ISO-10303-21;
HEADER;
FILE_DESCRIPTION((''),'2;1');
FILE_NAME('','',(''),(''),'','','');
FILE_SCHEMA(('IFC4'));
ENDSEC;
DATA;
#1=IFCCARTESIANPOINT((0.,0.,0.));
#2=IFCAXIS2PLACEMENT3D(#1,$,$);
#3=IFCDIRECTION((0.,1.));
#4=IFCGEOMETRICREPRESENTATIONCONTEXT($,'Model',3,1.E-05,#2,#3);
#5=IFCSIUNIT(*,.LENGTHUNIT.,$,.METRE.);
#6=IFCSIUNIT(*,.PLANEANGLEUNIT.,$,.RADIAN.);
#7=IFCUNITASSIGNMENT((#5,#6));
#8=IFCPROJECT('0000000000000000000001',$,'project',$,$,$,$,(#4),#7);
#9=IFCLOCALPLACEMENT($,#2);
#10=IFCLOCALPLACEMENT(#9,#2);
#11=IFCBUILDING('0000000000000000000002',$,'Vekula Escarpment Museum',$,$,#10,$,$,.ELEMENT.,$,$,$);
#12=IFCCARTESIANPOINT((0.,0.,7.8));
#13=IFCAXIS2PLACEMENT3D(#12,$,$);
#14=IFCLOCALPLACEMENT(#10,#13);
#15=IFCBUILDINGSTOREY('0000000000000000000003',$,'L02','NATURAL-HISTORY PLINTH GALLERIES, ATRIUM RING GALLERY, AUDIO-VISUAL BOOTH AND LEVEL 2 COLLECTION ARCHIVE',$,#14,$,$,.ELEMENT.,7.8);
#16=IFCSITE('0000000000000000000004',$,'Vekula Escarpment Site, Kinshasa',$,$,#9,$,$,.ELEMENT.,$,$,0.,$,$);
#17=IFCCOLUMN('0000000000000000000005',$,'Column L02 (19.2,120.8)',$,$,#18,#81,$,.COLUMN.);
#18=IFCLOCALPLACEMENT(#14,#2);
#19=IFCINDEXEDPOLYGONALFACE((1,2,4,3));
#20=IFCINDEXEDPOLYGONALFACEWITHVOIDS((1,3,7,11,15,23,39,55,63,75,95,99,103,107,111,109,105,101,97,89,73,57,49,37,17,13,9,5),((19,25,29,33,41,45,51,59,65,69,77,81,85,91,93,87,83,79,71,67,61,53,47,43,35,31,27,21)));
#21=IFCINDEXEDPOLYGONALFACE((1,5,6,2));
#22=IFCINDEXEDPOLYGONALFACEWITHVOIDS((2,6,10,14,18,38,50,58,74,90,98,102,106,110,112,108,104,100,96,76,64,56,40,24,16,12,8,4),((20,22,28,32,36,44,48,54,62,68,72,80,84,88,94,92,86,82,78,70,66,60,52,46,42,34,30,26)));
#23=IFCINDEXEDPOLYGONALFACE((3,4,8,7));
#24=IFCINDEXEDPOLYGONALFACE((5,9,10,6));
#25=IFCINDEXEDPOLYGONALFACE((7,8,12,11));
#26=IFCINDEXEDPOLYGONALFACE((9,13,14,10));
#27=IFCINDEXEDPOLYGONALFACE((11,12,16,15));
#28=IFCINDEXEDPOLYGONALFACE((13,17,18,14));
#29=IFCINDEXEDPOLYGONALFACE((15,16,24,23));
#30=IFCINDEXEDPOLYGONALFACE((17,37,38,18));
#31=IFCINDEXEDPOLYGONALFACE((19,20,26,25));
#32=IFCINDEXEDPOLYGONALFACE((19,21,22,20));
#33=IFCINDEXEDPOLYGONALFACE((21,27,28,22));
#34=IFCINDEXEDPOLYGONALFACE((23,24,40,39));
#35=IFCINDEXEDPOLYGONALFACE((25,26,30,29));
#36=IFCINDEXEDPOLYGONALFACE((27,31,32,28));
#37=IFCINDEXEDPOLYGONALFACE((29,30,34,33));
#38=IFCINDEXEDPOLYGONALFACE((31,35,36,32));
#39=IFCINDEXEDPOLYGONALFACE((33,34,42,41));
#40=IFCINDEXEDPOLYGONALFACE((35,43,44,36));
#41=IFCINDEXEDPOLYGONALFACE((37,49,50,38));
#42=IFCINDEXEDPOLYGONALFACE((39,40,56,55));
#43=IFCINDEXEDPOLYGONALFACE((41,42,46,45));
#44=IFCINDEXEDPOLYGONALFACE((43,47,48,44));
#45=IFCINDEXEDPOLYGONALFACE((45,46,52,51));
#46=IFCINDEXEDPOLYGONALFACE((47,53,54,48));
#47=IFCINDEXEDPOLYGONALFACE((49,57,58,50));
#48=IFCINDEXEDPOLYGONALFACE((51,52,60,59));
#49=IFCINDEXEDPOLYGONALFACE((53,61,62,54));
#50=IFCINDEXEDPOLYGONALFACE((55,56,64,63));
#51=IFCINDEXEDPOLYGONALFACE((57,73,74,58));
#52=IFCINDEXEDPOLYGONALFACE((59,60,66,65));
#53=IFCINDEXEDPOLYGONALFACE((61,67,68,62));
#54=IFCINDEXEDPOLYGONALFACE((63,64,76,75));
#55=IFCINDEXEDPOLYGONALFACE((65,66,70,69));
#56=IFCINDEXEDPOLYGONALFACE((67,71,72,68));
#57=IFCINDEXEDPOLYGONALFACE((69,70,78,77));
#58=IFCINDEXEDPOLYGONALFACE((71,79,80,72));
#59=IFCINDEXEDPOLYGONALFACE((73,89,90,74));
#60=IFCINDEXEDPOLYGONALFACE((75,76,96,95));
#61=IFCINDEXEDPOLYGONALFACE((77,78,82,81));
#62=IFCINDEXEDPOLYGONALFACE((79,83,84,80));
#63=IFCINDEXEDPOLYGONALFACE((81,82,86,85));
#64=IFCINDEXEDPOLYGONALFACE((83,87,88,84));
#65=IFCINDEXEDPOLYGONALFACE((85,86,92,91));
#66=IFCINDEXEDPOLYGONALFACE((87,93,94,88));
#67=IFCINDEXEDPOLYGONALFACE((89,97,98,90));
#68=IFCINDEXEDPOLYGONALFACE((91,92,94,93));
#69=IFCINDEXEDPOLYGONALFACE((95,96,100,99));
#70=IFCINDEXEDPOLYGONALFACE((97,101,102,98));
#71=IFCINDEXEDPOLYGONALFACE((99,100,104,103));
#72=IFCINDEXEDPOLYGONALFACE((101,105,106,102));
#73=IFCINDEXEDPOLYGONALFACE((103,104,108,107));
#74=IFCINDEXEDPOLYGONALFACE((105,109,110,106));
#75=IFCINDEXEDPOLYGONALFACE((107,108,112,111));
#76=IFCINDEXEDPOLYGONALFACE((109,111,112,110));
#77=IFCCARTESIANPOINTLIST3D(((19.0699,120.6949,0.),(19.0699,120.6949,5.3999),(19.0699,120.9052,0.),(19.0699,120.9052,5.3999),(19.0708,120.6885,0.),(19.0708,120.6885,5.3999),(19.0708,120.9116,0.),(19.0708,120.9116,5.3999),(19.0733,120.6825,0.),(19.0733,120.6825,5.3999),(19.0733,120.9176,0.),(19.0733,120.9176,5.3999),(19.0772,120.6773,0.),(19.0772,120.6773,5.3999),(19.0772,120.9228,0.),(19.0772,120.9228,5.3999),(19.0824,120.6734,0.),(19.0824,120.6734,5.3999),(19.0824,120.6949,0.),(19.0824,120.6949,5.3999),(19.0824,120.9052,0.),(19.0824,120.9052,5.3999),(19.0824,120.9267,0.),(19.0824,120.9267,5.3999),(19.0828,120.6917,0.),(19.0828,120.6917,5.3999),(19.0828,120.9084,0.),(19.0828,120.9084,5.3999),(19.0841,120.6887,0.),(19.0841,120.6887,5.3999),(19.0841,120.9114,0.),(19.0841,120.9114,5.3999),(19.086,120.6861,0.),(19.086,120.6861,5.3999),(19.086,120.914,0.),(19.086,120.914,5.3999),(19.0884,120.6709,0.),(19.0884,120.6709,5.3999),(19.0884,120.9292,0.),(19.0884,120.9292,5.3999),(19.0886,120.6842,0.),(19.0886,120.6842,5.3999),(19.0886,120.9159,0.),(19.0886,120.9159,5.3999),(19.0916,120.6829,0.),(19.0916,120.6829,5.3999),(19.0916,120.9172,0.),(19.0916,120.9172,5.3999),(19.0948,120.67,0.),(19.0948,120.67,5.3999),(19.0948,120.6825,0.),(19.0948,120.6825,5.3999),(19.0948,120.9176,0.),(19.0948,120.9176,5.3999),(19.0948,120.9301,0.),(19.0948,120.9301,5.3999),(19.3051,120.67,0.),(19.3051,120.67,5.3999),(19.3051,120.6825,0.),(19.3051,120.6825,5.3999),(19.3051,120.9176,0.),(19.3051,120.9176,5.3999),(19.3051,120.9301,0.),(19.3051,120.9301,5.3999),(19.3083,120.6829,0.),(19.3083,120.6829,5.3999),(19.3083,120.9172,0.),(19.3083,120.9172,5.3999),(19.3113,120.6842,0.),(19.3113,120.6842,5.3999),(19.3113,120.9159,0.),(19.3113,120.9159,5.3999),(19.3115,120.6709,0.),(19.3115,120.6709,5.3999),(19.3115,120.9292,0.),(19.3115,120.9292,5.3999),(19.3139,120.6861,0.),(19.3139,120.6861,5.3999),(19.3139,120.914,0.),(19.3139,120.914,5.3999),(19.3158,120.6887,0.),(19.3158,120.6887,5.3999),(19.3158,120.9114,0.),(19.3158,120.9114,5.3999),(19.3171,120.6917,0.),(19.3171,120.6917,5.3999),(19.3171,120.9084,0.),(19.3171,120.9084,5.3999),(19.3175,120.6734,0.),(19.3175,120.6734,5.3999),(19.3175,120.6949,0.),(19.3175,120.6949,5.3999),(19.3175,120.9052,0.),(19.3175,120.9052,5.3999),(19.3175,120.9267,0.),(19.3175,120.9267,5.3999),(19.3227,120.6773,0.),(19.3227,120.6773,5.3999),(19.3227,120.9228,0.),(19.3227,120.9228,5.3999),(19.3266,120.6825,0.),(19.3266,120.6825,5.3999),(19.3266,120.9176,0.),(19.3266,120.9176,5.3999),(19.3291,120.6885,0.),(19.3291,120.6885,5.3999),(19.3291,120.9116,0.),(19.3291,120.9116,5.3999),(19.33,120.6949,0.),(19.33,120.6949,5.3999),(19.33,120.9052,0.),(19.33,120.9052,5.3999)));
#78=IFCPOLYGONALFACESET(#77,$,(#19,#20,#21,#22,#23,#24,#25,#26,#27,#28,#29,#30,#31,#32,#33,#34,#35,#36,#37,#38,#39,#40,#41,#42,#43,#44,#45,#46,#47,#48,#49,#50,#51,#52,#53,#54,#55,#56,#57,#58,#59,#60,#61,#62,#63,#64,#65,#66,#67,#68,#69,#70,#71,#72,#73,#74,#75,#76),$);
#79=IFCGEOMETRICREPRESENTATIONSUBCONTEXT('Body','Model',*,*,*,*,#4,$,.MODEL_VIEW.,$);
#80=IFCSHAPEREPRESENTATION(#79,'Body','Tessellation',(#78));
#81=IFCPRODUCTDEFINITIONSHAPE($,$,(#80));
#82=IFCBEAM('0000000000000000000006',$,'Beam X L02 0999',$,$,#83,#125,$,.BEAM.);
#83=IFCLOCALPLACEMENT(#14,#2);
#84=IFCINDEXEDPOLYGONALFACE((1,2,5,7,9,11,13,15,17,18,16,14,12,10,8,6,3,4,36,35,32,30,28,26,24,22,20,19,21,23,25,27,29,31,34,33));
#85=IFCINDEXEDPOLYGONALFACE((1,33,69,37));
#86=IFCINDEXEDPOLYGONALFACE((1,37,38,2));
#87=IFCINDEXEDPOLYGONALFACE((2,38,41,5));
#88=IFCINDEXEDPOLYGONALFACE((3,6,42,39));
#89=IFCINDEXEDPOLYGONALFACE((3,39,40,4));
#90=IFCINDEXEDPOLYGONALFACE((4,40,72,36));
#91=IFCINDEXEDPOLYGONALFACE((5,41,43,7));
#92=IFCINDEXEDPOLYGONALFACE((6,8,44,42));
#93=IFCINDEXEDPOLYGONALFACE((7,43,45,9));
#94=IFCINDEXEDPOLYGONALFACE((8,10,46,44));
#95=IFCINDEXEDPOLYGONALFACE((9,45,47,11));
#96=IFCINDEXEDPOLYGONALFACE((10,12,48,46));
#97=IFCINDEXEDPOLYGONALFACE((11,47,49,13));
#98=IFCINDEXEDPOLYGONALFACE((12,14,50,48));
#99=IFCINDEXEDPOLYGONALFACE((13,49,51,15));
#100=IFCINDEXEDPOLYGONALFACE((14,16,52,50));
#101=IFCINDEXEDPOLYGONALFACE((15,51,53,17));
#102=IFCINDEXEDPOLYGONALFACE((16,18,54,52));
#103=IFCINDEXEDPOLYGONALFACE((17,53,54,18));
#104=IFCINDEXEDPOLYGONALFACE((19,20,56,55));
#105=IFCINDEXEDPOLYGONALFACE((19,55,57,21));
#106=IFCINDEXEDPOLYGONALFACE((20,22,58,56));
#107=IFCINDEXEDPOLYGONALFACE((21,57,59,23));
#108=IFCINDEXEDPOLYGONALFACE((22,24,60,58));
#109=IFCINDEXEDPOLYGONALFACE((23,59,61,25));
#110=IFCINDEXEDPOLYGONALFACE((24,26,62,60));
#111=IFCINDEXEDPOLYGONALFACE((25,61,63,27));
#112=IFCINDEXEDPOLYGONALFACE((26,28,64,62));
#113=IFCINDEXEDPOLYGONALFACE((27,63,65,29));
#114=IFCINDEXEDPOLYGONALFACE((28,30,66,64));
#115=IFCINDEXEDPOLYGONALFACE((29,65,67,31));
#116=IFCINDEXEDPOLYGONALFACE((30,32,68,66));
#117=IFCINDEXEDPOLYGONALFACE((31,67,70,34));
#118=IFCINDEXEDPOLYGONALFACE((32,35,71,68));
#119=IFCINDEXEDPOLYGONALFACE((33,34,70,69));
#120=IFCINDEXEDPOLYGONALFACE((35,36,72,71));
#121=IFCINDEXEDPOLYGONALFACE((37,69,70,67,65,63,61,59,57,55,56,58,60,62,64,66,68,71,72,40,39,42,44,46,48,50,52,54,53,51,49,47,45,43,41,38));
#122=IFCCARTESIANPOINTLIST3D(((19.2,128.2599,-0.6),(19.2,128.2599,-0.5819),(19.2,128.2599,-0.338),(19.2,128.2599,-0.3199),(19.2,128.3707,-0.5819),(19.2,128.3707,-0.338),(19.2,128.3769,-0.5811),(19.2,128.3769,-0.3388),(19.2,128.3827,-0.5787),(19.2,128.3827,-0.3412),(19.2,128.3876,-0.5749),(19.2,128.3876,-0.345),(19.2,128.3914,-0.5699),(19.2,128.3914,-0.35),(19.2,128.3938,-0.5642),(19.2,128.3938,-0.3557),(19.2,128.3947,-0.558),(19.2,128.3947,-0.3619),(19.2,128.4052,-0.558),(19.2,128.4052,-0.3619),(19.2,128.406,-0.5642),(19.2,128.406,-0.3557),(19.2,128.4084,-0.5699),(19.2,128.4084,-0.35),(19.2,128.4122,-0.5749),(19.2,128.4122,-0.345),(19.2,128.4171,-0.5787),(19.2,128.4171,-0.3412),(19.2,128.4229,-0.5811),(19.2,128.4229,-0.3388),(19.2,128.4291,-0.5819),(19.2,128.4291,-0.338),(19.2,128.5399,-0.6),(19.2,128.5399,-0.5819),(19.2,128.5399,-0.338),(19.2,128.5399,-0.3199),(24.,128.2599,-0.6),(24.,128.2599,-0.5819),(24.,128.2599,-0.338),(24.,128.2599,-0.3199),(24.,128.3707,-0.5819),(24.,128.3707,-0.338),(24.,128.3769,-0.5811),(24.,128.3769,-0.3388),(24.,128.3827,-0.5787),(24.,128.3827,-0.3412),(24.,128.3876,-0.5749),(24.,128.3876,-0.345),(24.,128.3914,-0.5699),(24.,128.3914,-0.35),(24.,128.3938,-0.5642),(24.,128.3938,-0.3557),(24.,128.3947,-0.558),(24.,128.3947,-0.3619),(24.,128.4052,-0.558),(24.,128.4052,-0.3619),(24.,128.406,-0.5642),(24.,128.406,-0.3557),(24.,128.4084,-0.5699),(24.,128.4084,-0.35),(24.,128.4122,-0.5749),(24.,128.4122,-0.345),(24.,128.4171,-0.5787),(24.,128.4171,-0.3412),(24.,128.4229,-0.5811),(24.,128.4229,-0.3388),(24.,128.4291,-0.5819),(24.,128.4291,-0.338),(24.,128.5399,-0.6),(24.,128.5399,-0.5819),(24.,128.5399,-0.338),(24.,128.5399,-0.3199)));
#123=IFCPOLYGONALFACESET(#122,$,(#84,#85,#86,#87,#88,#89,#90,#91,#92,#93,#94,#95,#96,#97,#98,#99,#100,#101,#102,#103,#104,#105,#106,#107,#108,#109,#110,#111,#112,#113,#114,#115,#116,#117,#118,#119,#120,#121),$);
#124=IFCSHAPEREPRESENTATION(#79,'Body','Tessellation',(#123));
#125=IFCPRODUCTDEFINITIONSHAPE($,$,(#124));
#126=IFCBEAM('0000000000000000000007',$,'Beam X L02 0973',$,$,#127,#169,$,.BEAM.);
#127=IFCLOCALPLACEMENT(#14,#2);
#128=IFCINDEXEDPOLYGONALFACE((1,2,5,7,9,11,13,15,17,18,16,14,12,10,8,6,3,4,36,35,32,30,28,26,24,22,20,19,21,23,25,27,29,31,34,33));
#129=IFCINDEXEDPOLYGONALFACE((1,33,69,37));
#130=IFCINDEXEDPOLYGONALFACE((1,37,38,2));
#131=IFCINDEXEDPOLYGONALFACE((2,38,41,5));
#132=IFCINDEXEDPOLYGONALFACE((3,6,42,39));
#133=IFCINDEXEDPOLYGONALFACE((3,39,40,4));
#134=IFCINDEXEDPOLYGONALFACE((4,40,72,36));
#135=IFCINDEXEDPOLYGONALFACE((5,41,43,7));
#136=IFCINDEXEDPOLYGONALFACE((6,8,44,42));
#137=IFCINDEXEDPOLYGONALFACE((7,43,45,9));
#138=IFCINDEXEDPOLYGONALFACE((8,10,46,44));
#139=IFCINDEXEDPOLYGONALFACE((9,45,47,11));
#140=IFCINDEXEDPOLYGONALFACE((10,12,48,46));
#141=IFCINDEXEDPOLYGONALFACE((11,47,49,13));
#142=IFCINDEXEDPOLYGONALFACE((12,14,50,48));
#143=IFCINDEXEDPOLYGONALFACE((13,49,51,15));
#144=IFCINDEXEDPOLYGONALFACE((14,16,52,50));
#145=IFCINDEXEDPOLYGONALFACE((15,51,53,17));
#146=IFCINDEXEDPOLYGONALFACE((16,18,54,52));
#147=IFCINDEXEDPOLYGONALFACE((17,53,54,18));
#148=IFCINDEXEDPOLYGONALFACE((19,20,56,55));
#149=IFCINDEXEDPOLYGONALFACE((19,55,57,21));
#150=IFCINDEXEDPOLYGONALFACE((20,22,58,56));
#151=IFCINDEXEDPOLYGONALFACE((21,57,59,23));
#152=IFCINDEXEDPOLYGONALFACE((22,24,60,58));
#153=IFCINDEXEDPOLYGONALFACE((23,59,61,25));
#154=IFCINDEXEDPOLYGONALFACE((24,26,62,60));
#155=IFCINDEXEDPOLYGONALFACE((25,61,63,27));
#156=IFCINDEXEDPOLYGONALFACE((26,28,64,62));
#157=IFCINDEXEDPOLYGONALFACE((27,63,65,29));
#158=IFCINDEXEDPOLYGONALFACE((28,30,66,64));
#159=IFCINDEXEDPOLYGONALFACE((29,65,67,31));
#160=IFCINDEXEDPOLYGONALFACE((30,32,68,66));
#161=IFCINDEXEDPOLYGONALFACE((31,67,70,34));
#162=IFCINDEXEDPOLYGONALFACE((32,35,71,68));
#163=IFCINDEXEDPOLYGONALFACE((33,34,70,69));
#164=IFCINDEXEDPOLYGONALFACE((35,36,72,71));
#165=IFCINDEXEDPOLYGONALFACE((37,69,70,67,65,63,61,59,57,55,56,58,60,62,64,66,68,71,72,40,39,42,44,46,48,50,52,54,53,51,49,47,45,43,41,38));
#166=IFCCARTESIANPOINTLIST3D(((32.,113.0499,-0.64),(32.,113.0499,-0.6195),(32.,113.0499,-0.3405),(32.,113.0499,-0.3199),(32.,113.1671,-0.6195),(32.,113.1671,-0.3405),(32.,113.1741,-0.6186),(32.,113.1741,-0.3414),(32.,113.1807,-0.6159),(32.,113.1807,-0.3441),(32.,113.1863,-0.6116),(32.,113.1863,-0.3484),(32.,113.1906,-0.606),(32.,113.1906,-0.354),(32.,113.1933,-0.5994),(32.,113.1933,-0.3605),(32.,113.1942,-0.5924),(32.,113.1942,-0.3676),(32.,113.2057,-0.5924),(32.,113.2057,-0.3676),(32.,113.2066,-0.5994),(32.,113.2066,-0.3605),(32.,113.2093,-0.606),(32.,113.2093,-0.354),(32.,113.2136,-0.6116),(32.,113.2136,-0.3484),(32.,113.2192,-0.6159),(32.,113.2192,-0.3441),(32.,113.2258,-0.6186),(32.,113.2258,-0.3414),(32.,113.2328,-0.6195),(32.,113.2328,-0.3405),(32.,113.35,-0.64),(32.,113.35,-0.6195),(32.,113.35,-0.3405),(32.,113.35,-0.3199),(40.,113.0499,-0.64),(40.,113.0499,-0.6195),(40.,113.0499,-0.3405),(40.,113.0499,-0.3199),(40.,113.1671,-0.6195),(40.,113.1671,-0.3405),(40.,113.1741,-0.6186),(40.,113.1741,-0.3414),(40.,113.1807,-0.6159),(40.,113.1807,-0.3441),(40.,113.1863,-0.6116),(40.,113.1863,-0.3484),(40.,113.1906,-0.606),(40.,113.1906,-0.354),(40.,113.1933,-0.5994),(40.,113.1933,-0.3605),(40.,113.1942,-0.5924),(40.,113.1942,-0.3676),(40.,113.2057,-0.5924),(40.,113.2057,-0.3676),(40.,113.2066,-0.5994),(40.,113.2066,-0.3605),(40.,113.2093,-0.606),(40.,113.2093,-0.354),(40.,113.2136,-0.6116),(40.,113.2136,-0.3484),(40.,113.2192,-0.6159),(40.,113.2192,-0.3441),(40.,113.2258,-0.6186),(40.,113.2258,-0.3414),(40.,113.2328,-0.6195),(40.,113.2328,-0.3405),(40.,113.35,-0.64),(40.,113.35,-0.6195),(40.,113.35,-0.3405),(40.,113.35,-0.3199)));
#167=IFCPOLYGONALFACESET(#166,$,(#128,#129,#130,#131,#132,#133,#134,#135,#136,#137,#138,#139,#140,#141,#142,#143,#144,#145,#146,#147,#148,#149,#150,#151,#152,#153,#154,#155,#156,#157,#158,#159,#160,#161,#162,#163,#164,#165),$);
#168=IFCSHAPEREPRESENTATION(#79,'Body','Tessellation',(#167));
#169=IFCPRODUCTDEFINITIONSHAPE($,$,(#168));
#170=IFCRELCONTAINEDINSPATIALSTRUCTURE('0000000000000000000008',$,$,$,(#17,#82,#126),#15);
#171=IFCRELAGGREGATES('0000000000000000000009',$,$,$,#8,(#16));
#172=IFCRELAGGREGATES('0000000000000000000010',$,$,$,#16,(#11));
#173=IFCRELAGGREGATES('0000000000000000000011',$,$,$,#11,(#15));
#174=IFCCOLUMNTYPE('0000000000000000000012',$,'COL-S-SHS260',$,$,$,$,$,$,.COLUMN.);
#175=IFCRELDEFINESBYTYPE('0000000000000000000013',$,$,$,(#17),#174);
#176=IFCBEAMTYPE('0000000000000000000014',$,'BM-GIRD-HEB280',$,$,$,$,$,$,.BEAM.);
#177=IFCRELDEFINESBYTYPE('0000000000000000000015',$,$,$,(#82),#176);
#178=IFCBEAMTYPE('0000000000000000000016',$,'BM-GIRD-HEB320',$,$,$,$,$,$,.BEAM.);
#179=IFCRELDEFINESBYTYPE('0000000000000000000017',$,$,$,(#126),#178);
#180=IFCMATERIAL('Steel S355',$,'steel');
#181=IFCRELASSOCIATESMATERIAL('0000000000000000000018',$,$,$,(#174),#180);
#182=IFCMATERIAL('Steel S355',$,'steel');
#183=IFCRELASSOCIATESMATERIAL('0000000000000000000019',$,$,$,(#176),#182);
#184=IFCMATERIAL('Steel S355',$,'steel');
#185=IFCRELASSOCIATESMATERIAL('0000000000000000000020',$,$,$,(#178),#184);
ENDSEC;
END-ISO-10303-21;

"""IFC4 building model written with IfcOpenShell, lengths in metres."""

from ifc_helpers import new_model, si_unit, direction, frame, origin, origin_2d, place, context, subcontext, project, spatial, hollow_rectangle, i_section, extrude, material, material_profile, profile_set, type_object, element, save


model = new_model("IFC4")

# Units and contexts
model_context = context("Model", 3, precision=1e-05, world=origin(), true_north=direction((0.0, 1.0)))
body_context = subcontext(model_context, "Body", "Model", "MODEL_VIEW")
ifc_project = project(units=[si_unit("LENGTHUNIT", "METRE"), si_unit("PLANEANGLEUNIT", "RADIAN")], contexts=[model_context])

# Site, building, storey
site_placement = place(None, origin())
site = spatial("IfcSite", under=ifc_project, at=site_placement, Name="Vekula Escarpment Site, Kinshasa", CompositionType="ELEMENT", RefElevation=0.0)
building_placement = place(site_placement, origin())
building = spatial("IfcBuilding", under=site, at=building_placement, Name="Vekula Escarpment Museum", CompositionType="ELEMENT")
storey_placement = place(building_placement, frame((0.0, 0.0, 7.8)))
storey = spatial("IfcBuildingStorey", under=building, at=storey_placement, Name="L02", Description="NATURAL-HISTORY PLINTH GALLERIES, ATRIUM RING GALLERY, AUDIO-VISUAL BOOTH AND LEVEL 2 COLLECTION ARCHIVE", CompositionType="ELEMENT", Elevation=7.8)

# Column
ifc_material_1 = material(Name="Steel S355", Category="steel")
ifc_material_profile_1 = material_profile(ifc_material_1, hollow_rectangle(XDim=0.26, YDim=0.26, WallThickness=0.0125, InnerFilletRadius=0.0125, OuterFilletRadius=0.0249, at=origin_2d()), Name="SHS 260x260x12.5")
ifc_profile_set_1 = profile_set([ifc_material_profile_1], Name="Steel S355")
column_type_1 = type_object("IfcColumnType", Name="COL-S-SHS260", PredefinedType="COLUMN", material=ifc_profile_set_1)
column_1_placement = place(storey_placement, frame((19.2, 120.8, 0.0), z_axis=(0.0, 0.0, 1.0), x_axis=(1.0, 0.0, 0.0)))
element("IfcColumn", 1, at=column_1_placement, inside=storey, type_object=column_type_1, Name="Column L02 (19.2,120.8)", PredefinedType="COLUMN", context=body_context, shape_type="SweptSolid", body=[
    extrude(hollow_rectangle(XDim=0.26, YDim=0.26, WallThickness=0.0125, InnerFilletRadius=0.0125, OuterFilletRadius=0.0249, at=origin_2d()), origin(), (0.0, 0.0, 1.0), 5.3999),
])

# Beams
ifc_material_2 = material(Name="Steel S355", Category="steel")
ifc_material_profile_2 = material_profile(ifc_material_2, i_section(OverallWidth=0.28, OverallDepth=0.28, WebThickness=0.0105, FlangeThickness=0.0181, FilletRadius=0.0239, at=origin_2d()), Name="HEB 280")
ifc_profile_set_2 = profile_set([ifc_material_profile_2], Name="Steel S355")
beam_type_1 = type_object("IfcBeamType", Name="BM-GIRD-HEB280", PredefinedType="BEAM", material=ifc_profile_set_2)
beam_1_placement = place(storey_placement, frame((19.2, 128.3999, -0.46), z_axis=(1.0, 0.0, 0.0), x_axis=(0.0, 1.0, 0.0)))
element("IfcBeam", 2, at=beam_1_placement, inside=storey, type_object=beam_type_1, Name="Beam X L02 0999", PredefinedType="BEAM", context=body_context, shape_type="SweptSolid", body=[
    extrude(i_section(OverallWidth=0.28, OverallDepth=0.28, WebThickness=0.0105, FlangeThickness=0.0181, FilletRadius=0.0239, at=origin_2d()), origin(), (0.0, 0.0, 1.0), 4.8),
])
ifc_material_3 = material(Name="Steel S355", Category="steel")
ifc_material_profile_3 = material_profile(ifc_material_3, i_section(OverallWidth=0.3, OverallDepth=0.3201, WebThickness=0.0115, FlangeThickness=0.0205, FilletRadius=0.0271, at=origin_2d()), Name="HEB 320")
ifc_profile_set_3 = profile_set([ifc_material_profile_3], Name="Steel S355")
beam_type_2 = type_object("IfcBeamType", Name="BM-GIRD-HEB320", PredefinedType="BEAM", material=ifc_profile_set_3)
beam_2_placement = place(storey_placement, frame((32.0, 113.2, -0.48), z_axis=(1.0, 0.0, 0.0), x_axis=(0.0, 1.0, 0.0)))
element("IfcBeam", 3, at=beam_2_placement, inside=storey, type_object=beam_type_2, Name="Beam X L02 0973", PredefinedType="BEAM", context=body_context, shape_type="SweptSolid", body=[
    extrude(i_section(OverallWidth=0.3, OverallDepth=0.3201, WebThickness=0.0115, FlangeThickness=0.0205, FilletRadius=0.0271, at=origin_2d()), origin(), (0.0, 0.0, 1.0), 8.0),
])

save(model, "model.ifc")
